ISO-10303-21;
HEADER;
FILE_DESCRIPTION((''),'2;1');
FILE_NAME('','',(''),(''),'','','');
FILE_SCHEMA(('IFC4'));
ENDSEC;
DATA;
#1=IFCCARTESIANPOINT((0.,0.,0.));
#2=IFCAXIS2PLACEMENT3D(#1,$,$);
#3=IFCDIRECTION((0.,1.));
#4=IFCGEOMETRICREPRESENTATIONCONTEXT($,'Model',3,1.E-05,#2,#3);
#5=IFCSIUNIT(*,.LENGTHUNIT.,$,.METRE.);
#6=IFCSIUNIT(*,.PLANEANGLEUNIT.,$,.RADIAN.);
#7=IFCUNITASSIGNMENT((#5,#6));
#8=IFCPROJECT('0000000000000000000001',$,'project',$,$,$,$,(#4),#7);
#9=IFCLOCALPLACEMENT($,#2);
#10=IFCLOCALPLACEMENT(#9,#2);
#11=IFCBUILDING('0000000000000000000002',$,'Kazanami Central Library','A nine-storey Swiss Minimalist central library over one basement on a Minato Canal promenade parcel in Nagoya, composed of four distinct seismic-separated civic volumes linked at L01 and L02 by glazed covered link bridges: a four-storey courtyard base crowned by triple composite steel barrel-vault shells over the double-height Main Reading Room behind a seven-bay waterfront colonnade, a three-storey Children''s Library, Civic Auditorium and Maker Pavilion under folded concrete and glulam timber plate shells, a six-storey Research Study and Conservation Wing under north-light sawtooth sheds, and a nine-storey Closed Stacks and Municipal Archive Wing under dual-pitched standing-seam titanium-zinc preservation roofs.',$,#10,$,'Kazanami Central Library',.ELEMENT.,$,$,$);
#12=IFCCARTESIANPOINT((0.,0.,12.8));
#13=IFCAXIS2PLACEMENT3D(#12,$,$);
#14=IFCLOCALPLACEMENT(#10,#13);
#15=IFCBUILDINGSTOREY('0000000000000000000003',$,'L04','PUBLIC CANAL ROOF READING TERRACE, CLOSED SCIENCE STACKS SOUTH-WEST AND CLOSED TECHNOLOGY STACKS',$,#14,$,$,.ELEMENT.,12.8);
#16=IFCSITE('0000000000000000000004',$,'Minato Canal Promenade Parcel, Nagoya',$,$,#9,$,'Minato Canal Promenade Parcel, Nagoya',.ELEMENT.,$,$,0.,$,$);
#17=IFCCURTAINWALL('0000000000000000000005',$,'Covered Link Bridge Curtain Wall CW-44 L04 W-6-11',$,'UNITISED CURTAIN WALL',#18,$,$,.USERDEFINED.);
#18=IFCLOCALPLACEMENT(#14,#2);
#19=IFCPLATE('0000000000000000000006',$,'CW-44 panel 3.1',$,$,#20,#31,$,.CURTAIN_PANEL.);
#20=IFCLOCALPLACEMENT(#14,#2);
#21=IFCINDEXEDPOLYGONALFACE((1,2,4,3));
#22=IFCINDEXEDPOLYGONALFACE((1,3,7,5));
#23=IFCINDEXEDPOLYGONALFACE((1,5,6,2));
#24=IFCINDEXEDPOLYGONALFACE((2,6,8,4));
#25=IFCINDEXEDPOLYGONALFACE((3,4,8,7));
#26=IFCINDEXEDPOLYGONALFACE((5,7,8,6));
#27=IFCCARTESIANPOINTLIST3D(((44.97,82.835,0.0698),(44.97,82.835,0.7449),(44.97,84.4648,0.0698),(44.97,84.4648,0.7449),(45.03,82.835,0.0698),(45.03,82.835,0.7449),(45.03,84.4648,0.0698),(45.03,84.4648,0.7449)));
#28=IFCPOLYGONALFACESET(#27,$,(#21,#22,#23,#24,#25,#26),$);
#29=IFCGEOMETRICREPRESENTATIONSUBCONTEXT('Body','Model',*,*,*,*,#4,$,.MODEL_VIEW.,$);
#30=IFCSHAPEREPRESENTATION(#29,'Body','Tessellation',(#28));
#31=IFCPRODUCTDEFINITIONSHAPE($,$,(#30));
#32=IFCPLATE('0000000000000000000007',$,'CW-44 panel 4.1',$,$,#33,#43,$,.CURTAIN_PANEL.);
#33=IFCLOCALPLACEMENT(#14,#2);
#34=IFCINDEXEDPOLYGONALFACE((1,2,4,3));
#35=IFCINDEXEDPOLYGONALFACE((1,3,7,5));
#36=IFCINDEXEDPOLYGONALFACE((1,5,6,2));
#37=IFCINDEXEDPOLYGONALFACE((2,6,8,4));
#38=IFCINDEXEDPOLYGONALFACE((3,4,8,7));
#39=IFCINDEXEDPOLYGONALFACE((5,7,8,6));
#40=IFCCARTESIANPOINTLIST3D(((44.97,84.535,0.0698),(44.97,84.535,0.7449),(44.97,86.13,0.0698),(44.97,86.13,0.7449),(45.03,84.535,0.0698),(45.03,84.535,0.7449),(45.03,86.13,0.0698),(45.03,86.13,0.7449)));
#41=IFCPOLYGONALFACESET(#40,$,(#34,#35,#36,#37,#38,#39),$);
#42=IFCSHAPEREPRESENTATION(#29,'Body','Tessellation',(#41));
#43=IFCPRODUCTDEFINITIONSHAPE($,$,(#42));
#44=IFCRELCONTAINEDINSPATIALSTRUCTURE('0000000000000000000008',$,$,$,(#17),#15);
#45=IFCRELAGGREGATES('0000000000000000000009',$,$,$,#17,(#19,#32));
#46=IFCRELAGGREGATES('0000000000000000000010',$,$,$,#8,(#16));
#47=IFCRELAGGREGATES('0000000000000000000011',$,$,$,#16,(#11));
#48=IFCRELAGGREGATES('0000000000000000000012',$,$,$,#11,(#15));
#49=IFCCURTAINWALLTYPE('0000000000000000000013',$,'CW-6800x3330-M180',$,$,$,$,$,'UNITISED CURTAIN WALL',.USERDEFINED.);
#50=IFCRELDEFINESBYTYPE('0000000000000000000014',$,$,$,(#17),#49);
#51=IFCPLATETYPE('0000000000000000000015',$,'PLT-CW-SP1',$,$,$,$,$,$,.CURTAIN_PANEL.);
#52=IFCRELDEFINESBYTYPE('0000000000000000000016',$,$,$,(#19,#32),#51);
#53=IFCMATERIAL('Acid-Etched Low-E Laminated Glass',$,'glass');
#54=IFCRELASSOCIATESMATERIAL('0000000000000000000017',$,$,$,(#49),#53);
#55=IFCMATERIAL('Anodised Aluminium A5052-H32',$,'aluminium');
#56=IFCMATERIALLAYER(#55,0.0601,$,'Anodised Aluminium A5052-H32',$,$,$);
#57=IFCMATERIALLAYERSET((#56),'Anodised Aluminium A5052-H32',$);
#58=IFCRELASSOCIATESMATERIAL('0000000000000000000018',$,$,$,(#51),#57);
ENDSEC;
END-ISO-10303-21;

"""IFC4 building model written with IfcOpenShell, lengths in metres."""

from ifc_helpers import new_model, si_unit, direction, frame, origin, origin_2d, place, context, subcontext, project, spatial, rectangle, extrude, material, layer, layer_set, type_object, element, aggregate, save


model = new_model("IFC4")

# Units and contexts
model_context = context("Model", 3, precision=1e-05, world=origin(), true_north=direction((0.0, 1.0)))
body_context = subcontext(model_context, "Body", "Model", "MODEL_VIEW")
ifc_project = project(units=[si_unit("LENGTHUNIT", "METRE"), si_unit("PLANEANGLEUNIT", "RADIAN")], contexts=[model_context])

# Site, building, storey
site_placement = place(None, origin())
site = spatial("IfcSite", under=ifc_project, at=site_placement, Name="Minato Canal Promenade Parcel, Nagoya", LongName="Minato Canal Promenade Parcel, Nagoya", CompositionType="ELEMENT", RefElevation=0.0)
building_placement = place(site_placement, origin())
building = spatial("IfcBuilding", under=site, at=building_placement, Name="Kazanami Central Library", Description="A nine-storey Swiss Minimalist central library over one basement on a Minato Canal promenade parcel in Nagoya, composed of four distinct seismic-separated civic volumes linked at L01 and L02 by glazed covered link bridges: a four-storey courtyard base crowned by triple composite steel barrel-vault shells over the double-height Main Reading Room behind a seven-bay waterfront colonnade, a three-storey Children's Library, Civic Auditorium and Maker Pavilion under folded concrete and glulam timber plate shells, a six-storey Research Study and Conservation Wing under north-light sawtooth sheds, and a nine-storey Closed Stacks and Municipal Archive Wing under dual-pitched standing-seam titanium-zinc preservation roofs.", LongName="Kazanami Central Library", CompositionType="ELEMENT")
storey_placement = place(building_placement, frame((0.0, 0.0, 12.8)))
storey = spatial("IfcBuildingStorey", under=building, at=storey_placement, Name="L04", Description="PUBLIC CANAL ROOF READING TERRACE, CLOSED SCIENCE STACKS SOUTH-WEST AND CLOSED TECHNOLOGY STACKS", CompositionType="ELEMENT", Elevation=12.8)

# Curtain wall
ifc_material_1 = material(Name="Acid-Etched Low-E Laminated Glass", Category="glass")
curtain_wall_type = type_object("IfcCurtainWallType", Name="CW-6800x3330-M180", ElementType="UNITISED CURTAIN WALL", PredefinedType="USERDEFINED", material=ifc_material_1)
curtain_wall_placement = place(storey_placement, origin())
curtain_wall = element("IfcCurtainWall", 1, at=curtain_wall_placement, inside=storey, type_object=curtain_wall_type, Name="Covered Link Bridge Curtain Wall CW-44 L04 W-6-11", ObjectType="UNITISED CURTAIN WALL", PredefinedType="USERDEFINED")

# Plates
ifc_material_2 = material(Name="Anodised Aluminium A5052-H32", Category="aluminium")
ifc_layer_1 = layer(ifc_material_2, 0.0601, Name="Anodised Aluminium A5052-H32")
ifc_layer_set_1 = layer_set([ifc_layer_1], Name="Anodised Aluminium A5052-H32")
plate_type_1 = type_object("IfcPlateType", Name="PLT-CW-SP1", PredefinedType="CURTAIN_PANEL", material=ifc_layer_set_1)
plate_1_placement = place(storey_placement, frame((45.0, 83.6499, 0.0698), z_axis=(0.0, 0.0, 1.0), x_axis=(0.0, 1.0, 0.0)))
plate_1 = element("IfcPlate", 2, at=plate_1_placement, type_object=plate_type_1, Name="CW-44 panel 3.1", PredefinedType="CURTAIN_PANEL", context=body_context, shape_type="SweptSolid", body=[
    extrude(rectangle(XDim=1.6299, YDim=0.0601, at=origin_2d()), origin(), (0.0, 0.0, 1.0), 0.675),
])
plate_2_placement = place(storey_placement, frame((45.0, 85.3325, 0.0698), z_axis=(0.0, 0.0, 1.0), x_axis=(0.0, 1.0, 0.0)))
plate_2 = element("IfcPlate", 3, at=plate_2_placement, type_object=plate_type_1, Name="CW-44 panel 4.1", PredefinedType="CURTAIN_PANEL", context=body_context, shape_type="SweptSolid", body=[
    extrude(rectangle(XDim=1.595, YDim=0.0601, at=origin_2d()), origin(), (0.0, 0.0, 1.0), 0.675),
])
aggregate(curtain_wall, [plate_1, plate_2])

save(model, "model.ifc")
